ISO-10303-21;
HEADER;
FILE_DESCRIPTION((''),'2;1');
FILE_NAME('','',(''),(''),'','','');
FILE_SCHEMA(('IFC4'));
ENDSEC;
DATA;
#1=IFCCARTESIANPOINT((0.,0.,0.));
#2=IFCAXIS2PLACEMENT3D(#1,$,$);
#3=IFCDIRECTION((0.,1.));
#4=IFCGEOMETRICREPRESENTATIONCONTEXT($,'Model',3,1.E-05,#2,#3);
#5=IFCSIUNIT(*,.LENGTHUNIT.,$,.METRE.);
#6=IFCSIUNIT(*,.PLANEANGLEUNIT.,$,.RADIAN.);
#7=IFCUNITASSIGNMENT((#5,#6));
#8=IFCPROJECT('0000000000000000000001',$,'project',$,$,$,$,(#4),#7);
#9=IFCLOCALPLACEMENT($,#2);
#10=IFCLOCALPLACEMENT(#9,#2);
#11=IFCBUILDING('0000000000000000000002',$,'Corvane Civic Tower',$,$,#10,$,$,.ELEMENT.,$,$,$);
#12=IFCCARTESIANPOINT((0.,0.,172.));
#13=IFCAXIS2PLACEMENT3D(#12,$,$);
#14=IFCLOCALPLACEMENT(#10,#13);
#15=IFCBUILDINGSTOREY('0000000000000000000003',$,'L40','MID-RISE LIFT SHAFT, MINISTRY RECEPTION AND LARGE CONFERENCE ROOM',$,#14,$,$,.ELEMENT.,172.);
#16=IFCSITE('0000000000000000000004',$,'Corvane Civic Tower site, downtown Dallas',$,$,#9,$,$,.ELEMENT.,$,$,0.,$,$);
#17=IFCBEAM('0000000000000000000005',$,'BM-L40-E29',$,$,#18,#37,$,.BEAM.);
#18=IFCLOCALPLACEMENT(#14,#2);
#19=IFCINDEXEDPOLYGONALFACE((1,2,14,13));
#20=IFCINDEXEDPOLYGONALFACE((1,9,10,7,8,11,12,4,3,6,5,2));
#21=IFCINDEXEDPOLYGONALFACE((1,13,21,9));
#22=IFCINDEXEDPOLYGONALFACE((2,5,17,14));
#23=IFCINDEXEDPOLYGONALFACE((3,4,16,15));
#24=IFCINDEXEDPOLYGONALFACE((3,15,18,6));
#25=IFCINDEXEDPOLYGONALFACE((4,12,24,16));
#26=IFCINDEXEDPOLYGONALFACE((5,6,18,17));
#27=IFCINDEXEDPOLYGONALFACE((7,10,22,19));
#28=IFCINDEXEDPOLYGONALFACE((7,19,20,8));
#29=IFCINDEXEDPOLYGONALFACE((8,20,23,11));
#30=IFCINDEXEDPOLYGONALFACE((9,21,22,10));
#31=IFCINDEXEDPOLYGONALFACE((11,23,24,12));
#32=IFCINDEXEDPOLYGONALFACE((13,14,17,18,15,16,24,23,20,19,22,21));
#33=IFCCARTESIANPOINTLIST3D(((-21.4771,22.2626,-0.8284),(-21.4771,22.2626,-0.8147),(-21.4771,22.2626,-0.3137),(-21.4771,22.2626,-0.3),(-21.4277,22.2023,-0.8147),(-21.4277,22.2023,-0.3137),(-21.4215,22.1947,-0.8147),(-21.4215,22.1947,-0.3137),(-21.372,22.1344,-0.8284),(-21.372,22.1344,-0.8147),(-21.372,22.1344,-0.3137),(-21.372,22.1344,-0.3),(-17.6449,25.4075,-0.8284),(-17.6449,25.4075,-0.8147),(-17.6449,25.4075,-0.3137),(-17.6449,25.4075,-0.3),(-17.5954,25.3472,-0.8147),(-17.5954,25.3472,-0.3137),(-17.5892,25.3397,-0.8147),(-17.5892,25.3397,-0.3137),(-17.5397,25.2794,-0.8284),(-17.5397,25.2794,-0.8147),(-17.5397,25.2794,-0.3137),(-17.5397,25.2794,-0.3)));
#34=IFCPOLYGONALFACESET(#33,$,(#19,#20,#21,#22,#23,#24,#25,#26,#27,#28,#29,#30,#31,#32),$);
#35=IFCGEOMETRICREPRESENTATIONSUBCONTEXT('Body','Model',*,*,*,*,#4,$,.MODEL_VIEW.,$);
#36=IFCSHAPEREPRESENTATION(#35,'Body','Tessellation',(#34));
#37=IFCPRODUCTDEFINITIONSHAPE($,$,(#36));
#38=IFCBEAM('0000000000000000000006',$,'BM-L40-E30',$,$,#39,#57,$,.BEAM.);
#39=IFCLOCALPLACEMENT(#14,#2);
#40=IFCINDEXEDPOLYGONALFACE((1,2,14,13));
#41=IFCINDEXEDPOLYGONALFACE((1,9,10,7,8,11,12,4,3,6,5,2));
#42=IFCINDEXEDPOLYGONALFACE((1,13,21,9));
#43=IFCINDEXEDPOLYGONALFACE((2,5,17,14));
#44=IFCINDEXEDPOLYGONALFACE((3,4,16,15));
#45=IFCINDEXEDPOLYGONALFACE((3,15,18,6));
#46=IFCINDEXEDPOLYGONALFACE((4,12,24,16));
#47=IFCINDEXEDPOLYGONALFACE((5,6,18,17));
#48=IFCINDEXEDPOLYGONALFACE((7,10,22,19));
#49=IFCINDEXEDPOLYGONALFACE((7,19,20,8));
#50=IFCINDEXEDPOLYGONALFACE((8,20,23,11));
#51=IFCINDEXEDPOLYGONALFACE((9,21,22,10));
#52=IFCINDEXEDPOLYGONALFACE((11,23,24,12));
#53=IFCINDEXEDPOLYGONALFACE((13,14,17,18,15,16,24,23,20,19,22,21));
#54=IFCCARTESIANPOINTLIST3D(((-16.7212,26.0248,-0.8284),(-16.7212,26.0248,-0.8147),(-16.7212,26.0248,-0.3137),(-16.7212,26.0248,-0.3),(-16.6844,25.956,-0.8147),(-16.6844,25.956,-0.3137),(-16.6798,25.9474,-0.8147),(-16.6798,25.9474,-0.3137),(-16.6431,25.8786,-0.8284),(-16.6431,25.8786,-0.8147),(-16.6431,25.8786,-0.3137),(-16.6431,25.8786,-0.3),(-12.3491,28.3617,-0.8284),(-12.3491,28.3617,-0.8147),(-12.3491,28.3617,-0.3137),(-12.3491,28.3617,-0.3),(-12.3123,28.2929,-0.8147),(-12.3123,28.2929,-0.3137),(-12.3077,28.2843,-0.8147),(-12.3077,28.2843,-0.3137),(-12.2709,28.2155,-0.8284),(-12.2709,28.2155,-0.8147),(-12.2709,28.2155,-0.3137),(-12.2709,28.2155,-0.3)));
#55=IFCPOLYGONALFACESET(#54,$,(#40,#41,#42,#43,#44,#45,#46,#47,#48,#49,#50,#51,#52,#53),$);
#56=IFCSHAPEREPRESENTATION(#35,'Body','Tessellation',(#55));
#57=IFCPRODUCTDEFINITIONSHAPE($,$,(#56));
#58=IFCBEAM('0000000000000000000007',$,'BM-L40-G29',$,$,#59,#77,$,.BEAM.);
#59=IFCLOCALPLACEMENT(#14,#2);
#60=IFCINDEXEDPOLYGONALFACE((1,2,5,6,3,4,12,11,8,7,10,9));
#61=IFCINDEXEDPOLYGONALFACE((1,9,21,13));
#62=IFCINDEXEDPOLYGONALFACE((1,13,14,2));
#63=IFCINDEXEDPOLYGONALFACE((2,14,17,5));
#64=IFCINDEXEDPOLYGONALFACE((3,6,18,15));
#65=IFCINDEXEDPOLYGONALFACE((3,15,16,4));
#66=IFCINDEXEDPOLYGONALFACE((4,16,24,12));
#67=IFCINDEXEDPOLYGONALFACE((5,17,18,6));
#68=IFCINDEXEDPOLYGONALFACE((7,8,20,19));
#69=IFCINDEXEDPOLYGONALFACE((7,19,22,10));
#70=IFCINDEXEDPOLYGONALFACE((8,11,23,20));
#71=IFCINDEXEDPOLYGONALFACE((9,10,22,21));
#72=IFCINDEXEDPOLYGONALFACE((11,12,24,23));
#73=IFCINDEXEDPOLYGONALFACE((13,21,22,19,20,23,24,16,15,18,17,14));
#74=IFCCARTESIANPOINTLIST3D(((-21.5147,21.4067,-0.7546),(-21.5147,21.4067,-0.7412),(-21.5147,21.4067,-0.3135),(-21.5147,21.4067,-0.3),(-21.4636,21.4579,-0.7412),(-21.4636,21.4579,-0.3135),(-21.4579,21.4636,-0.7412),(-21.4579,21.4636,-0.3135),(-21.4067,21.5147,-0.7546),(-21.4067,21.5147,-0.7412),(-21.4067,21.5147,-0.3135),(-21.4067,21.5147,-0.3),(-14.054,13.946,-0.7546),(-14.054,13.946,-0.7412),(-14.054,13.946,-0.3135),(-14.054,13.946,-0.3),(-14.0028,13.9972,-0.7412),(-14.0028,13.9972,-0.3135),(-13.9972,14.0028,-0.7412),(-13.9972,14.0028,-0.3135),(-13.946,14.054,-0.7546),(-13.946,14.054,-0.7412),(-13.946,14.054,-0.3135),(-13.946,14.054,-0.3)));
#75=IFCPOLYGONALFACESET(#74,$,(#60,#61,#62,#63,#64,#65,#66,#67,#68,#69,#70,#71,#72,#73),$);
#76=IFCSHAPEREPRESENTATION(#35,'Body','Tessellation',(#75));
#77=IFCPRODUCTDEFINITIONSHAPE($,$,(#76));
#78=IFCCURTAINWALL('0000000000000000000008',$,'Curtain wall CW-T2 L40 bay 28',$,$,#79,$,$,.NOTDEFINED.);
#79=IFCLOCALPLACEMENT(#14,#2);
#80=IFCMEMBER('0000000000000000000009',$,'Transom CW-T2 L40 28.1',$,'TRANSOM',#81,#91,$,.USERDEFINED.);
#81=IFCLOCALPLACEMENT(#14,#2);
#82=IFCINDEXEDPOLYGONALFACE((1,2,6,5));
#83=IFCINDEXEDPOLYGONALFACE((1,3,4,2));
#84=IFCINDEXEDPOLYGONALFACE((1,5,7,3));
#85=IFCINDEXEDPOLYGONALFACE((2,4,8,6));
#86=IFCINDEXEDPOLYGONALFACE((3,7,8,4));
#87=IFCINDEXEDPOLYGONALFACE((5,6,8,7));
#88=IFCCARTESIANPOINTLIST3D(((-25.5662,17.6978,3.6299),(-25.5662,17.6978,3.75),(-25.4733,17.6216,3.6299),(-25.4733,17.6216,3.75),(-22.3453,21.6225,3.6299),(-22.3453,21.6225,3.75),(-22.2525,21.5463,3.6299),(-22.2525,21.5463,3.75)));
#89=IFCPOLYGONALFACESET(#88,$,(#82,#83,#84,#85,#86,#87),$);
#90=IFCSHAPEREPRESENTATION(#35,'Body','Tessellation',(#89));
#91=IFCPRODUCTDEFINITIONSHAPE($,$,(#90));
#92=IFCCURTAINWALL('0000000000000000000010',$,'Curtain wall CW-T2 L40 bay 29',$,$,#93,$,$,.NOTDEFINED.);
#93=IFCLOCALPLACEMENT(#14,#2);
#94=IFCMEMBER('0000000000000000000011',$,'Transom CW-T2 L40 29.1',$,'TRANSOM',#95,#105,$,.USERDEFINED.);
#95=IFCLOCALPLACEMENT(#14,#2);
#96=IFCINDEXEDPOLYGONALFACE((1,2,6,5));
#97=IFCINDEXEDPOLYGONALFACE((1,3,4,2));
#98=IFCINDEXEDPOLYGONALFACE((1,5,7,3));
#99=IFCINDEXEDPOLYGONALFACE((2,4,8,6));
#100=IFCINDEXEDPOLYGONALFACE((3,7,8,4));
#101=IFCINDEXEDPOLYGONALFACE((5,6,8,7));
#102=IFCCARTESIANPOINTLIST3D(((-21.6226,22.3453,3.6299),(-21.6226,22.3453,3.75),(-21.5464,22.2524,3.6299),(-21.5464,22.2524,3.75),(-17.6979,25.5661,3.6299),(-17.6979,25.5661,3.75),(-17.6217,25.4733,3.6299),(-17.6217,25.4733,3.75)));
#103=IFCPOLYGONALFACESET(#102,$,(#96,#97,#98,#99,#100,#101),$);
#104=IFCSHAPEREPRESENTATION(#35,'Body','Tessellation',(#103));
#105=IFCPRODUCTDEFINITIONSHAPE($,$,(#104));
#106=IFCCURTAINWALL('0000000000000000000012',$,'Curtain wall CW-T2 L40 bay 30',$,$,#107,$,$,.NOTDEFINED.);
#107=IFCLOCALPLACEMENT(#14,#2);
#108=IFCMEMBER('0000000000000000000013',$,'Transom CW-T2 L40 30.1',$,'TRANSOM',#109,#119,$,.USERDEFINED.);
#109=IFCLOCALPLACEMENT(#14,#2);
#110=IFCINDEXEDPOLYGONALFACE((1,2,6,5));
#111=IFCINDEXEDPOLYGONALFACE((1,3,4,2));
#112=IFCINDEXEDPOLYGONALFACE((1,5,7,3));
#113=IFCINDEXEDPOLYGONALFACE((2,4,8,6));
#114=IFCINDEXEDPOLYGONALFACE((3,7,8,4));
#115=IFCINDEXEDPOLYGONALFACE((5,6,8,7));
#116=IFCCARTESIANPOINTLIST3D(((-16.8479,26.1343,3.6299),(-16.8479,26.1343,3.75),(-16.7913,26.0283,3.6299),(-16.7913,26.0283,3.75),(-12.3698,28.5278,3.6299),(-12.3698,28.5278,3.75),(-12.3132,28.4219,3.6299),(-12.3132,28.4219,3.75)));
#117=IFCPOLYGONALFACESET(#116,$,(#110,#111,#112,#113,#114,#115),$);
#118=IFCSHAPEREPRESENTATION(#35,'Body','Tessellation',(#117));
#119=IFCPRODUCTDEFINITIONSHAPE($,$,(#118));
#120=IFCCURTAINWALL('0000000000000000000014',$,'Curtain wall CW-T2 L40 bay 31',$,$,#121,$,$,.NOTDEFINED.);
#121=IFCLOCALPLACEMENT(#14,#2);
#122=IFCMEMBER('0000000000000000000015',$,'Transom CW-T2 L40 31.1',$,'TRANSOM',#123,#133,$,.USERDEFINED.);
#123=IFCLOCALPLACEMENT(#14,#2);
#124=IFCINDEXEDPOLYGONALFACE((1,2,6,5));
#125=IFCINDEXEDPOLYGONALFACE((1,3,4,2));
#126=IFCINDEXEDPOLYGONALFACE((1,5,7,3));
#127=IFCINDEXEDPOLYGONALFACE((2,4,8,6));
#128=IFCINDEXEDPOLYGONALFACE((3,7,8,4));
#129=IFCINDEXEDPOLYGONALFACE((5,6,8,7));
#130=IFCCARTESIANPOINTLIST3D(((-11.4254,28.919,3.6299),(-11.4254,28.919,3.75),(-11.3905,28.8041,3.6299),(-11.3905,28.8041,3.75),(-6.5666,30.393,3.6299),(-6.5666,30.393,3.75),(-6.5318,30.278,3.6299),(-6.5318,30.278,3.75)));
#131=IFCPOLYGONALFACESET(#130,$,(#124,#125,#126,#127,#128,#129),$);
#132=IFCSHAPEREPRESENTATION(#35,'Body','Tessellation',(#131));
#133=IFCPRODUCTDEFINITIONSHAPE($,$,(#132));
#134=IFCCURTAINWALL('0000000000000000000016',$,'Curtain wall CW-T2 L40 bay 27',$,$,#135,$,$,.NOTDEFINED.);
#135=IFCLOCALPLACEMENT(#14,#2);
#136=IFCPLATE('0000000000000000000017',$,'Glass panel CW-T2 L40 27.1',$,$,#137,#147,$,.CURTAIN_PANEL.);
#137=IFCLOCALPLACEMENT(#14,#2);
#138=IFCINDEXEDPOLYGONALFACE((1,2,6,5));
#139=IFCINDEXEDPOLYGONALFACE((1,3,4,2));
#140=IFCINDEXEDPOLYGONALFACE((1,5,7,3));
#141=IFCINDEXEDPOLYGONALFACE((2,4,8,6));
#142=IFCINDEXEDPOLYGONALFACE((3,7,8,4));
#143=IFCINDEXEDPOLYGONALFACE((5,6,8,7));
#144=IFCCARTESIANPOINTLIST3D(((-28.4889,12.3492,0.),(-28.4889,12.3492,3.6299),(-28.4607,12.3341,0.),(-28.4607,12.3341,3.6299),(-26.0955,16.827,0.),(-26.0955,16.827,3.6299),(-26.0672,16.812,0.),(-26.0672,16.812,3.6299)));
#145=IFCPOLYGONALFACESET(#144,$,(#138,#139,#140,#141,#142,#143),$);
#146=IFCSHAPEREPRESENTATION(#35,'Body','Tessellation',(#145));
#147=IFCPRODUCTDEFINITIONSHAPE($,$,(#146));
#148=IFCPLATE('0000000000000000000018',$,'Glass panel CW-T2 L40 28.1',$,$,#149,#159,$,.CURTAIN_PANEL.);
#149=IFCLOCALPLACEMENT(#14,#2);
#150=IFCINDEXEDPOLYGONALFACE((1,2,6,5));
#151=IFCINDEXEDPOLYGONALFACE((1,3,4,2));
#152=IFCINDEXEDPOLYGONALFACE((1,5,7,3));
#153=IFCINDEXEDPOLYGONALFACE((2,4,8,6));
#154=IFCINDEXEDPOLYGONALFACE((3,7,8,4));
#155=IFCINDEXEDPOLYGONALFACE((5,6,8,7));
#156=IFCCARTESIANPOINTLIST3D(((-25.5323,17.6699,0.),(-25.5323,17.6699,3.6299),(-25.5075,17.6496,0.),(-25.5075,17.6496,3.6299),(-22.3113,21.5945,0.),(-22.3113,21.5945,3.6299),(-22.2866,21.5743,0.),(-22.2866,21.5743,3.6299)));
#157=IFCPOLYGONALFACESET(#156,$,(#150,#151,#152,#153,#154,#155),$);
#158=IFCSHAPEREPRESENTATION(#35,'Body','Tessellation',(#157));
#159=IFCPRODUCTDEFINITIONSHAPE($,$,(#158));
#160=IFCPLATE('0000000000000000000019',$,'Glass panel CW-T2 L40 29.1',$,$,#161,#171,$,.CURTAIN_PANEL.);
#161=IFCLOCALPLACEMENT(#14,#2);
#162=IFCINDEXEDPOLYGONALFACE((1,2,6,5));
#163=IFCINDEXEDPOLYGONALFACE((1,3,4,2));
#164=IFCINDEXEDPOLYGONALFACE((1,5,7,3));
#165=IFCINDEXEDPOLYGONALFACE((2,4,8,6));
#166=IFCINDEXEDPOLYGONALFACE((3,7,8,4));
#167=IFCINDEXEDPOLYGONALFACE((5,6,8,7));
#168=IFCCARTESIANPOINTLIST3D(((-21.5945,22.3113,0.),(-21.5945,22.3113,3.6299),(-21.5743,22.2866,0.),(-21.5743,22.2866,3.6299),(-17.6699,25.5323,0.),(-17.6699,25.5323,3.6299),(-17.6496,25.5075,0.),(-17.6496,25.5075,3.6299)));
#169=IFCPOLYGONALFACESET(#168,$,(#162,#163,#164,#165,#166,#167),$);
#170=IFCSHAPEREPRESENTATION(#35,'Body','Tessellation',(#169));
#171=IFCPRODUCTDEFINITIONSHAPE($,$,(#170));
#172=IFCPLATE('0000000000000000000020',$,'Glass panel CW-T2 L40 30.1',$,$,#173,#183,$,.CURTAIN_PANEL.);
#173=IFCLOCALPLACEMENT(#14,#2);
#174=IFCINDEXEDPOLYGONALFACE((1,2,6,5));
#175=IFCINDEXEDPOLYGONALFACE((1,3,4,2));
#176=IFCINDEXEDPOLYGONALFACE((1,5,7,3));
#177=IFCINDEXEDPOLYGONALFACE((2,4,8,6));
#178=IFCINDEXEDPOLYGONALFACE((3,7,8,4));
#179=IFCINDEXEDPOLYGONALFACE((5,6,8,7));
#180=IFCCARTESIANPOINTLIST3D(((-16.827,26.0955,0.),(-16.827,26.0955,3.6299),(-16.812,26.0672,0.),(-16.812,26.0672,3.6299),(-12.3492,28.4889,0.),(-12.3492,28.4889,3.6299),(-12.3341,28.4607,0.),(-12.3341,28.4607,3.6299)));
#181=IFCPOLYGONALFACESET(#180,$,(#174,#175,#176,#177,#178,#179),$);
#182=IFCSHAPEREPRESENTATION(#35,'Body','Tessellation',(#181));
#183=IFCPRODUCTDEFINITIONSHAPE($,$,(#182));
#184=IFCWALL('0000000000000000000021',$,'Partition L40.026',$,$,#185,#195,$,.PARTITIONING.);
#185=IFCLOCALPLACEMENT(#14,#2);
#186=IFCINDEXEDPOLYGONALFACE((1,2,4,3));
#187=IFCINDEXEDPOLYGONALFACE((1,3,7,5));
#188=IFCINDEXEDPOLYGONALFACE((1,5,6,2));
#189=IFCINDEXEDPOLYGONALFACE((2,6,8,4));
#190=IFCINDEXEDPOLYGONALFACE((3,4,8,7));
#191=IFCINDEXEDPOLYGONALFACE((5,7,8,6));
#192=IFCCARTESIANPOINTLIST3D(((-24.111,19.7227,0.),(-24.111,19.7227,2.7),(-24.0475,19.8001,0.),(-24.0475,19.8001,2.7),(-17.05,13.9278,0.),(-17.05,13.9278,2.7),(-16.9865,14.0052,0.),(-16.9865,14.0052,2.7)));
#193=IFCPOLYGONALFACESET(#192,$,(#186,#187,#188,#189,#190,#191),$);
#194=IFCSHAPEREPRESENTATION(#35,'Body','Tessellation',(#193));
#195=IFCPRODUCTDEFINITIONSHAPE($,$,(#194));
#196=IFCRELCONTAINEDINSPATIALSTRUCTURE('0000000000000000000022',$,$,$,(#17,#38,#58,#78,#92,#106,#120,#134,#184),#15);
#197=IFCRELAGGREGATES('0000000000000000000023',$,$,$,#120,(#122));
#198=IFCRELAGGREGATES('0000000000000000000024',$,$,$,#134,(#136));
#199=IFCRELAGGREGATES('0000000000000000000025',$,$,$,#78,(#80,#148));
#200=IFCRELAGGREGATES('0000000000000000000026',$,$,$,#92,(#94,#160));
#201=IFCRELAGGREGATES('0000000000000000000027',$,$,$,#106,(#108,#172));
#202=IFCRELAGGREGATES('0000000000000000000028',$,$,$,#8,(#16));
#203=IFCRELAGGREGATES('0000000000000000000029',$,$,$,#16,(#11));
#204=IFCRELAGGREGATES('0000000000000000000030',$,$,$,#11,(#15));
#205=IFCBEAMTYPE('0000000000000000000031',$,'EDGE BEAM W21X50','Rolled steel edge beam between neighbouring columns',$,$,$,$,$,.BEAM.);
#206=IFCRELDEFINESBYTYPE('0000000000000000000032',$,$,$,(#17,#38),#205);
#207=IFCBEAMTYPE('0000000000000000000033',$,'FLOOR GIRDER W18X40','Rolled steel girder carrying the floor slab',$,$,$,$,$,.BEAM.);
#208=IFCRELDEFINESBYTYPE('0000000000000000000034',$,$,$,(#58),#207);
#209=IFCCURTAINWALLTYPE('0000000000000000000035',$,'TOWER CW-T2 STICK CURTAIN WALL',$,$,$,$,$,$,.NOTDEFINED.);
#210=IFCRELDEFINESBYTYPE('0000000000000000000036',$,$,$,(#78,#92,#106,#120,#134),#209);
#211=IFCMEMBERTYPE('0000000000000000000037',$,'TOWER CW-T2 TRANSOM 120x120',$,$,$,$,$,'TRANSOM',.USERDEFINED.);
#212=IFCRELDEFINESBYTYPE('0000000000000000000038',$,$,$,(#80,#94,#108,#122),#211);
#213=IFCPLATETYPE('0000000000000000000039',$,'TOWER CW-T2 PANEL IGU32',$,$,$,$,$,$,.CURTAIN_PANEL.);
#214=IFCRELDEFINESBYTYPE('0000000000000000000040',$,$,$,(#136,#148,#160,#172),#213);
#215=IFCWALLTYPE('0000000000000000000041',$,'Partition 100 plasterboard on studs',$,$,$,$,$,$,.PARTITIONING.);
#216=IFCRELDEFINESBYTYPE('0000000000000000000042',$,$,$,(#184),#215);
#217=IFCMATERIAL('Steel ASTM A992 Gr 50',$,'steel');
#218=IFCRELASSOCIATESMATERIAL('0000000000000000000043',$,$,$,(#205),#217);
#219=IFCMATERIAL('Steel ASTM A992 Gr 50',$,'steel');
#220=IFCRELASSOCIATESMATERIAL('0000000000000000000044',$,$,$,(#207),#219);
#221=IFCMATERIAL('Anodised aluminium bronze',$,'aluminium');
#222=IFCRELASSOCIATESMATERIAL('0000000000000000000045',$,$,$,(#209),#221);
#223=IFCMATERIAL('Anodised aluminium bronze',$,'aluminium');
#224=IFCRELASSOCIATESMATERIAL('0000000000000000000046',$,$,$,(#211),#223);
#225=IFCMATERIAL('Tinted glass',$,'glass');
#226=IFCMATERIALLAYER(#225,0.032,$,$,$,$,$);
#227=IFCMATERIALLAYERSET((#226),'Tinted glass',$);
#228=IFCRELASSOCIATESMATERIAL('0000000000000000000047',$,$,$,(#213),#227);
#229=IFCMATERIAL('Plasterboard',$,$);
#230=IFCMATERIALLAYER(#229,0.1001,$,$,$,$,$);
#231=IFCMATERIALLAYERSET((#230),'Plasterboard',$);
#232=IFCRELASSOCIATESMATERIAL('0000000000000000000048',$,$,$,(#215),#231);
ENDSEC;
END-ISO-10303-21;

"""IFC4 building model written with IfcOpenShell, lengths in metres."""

from ifc_helpers import new_model, si_unit, direction, frame, frame_2d, origin, origin_2d, place, context, subcontext, project, spatial, rectangle, i_section, extrude, material, layer, layer_set, material_profile, profile_set, type_object, element, aggregate, save


model = new_model("IFC4")

# Units and contexts
model_context = context("Model", 3, precision=1e-05, world=origin(), true_north=direction((0.0, 1.0)))
body_context = subcontext(model_context, "Body", "Model", "MODEL_VIEW")
ifc_project = project(units=[si_unit("LENGTHUNIT", "METRE"), si_unit("PLANEANGLEUNIT", "RADIAN")], contexts=[model_context])

# Site, building, storey
site_placement = place(None, origin())
site = spatial("IfcSite", under=ifc_project, at=site_placement, Name="Corvane Civic Tower site, downtown Dallas", CompositionType="ELEMENT", RefElevation=0.0)
building_placement = place(site_placement, origin())
building = spatial("IfcBuilding", under=site, at=building_placement, Name="Corvane Civic Tower", CompositionType="ELEMENT")
storey_placement = place(building_placement, frame((0.0, 0.0, 172.0)))
storey = spatial("IfcBuildingStorey", under=building, at=storey_placement, Name="L40", Description="MID-RISE LIFT SHAFT, MINISTRY RECEPTION AND LARGE CONFERENCE ROOM", CompositionType="ELEMENT", Elevation=172.0)

# Beams
ifc_material_1 = material(Name="Steel ASTM A992 Gr 50", Category="steel")
ifc_material_profile_1 = material_profile(ifc_material_1, i_section(OverallWidth=0.1658, OverallDepth=0.5283, WebThickness=0.0098, FlangeThickness=0.0137, at=origin_2d()), Name="W21X50")
ifc_profile_set_1 = profile_set([ifc_material_profile_1], Name="Steel ASTM A992 Gr 50")
beam_type_1 = type_object("IfcBeamType", Name="EDGE BEAM W21X50", Description="Rolled steel edge beam between neighbouring columns", PredefinedType="BEAM", material=ifc_profile_set_1)
for number, where, z_axis, x_axis, name in (
    (1, (-21.4246, 22.1985, -0.5642), (0.773015, 0.634388, 0.0), (-0.634388, 0.773015, 0.0), "BM-L40-E29"),
    (2, (-16.6821, 25.9517, -0.5642), (0.881922, 0.471396, 0.0), (-0.471396, 0.881922, 0.0), "BM-L40-E30"),
):
    element("IfcBeam", number, at=place(storey_placement, frame(where, z_axis=z_axis, x_axis=x_axis)), inside=storey, type_object=beam_type_1, Name=name, PredefinedType="BEAM", context=body_context, shape_type="SweptSolid", body=[
        extrude(i_section(OverallWidth=0.1658, OverallDepth=0.5283, WebThickness=0.0098, FlangeThickness=0.0137, at=origin_2d()), origin(), (0.0, 0.0, 1.0), 4.9575),
    ])
ifc_material_2 = material(Name="Steel ASTM A992 Gr 50", Category="steel")
ifc_material_profile_2 = material_profile(ifc_material_2, i_section(OverallWidth=0.1528, OverallDepth=0.4546, WebThickness=0.0081, FlangeThickness=0.0134, at=origin_2d()), Name="W18X40")
ifc_profile_set_2 = profile_set([ifc_material_profile_2], Name="Steel ASTM A992 Gr 50")
beam_type_2 = type_object("IfcBeamType", Name="FLOOR GIRDER W18X40", Description="Rolled steel girder carrying the floor slab", PredefinedType="BEAM", material=ifc_profile_set_2)
beam_placement = place(storey_placement, frame((-14.0, 14.0, -0.5273), z_axis=(-0.707107, 0.707107, 0.0), x_axis=(-0.707107, -0.707107, 0.0)))
element("IfcBeam", 3, at=beam_placement, inside=storey, type_object=beam_type_2, Name="BM-L40-G29", PredefinedType="BEAM", context=body_context, shape_type="SweptSolid", body=[
    extrude(i_section(OverallWidth=0.1528, OverallDepth=0.4546, WebThickness=0.0081, FlangeThickness=0.0134, at=origin_2d()), origin(), (0.0, 0.0, 1.0), 10.551),
])

# Curtain walls, members
ifc_material_3 = material(Name="Anodised aluminium bronze", Category="aluminium")
curtain_wall_type = type_object("IfcCurtainWallType", Name="TOWER CW-T2 STICK CURTAIN WALL", PredefinedType="NOTDEFINED", material=ifc_material_3)
curtain_wall_1_placement = place(storey_placement, origin())
curtain_wall_1 = element("IfcCurtainWall", 4, at=curtain_wall_1_placement, inside=storey, type_object=curtain_wall_type, Name="Curtain wall CW-T2 L40 bay 28", PredefinedType="NOTDEFINED")
ifc_material_4 = material(Name="Anodised aluminium bronze", Category="aluminium")
ifc_material_profile_3 = material_profile(ifc_material_4, rectangle(XDim=0.1201, YDim=0.1201, at=origin_2d()), Name="TOWER CW-T2 TRANSOM 120x120")
ifc_profile_set_3 = profile_set([ifc_material_profile_3], Name="Anodised aluminium bronze")
member_type = type_object("IfcMemberType", Name="TOWER CW-T2 TRANSOM 120x120", ElementType="TRANSOM", PredefinedType="USERDEFINED", material=ifc_profile_set_3)
member_1_placement = place(storey_placement, frame((-25.5198, 17.6597, 3.6899), z_axis=(0.634387, 0.773016, 0.0), x_axis=(-0.773016, 0.634387, 0.0)))
member_1 = element("IfcMember", 5, at=member_1_placement, type_object=member_type, Name="Transom CW-T2 L40 28.1", ObjectType="TRANSOM", PredefinedType="USERDEFINED", context=body_context, shape_type="SweptSolid", body=[
    extrude(rectangle(XDim=0.1201, YDim=0.1201, at=origin_2d()), origin(), (0.0, 0.0, 1.0), 5.0771),
])
curtain_wall_2_placement = place(storey_placement, origin())
curtain_wall_2 = element("IfcCurtainWall", 6, at=curtain_wall_2_placement, inside=storey, type_object=curtain_wall_type, Name="Curtain wall CW-T2 L40 bay 29", PredefinedType="NOTDEFINED")
member_2_placement = place(storey_placement, frame((-21.5845, 22.2988, 3.6899), z_axis=(0.773016, 0.634387, 0.0), x_axis=(-0.634387, 0.773016, 0.0)))
member_2 = element("IfcMember", 7, at=member_2_placement, type_object=member_type, Name="Transom CW-T2 L40 29.1", ObjectType="TRANSOM", PredefinedType="USERDEFINED", context=body_context, shape_type="SweptSolid", body=[
    extrude(rectangle(XDim=0.1201, YDim=0.1201, at=origin_2d()), origin(), (0.0, 0.0, 1.0), 5.0771),
])
curtain_wall_3_placement = place(storey_placement, origin())
curtain_wall_3 = element("IfcCurtainWall", 8, at=curtain_wall_3_placement, inside=storey, type_object=curtain_wall_type, Name="Curtain wall CW-T2 L40 bay 30", PredefinedType="NOTDEFINED")
member_3_placement = place(storey_placement, frame((-16.8196, 26.0813, 3.6899), z_axis=(0.881921, 0.471397, 0.0), x_axis=(-0.471397, 0.881921, 0.0)))
member_3 = element("IfcMember", 9, at=member_3_placement, type_object=member_type, Name="Transom CW-T2 L40 30.1", ObjectType="TRANSOM", PredefinedType="USERDEFINED", context=body_context, shape_type="SweptSolid", body=[
    extrude(rectangle(XDim=0.1201, YDim=0.1201, at=origin_2d()), origin(), (0.0, 0.0, 1.0), 5.0776),
])
curtain_wall_4_placement = place(storey_placement, origin())
curtain_wall_4 = element("IfcCurtainWall", 10, at=curtain_wall_4_placement, inside=storey, type_object=curtain_wall_type, Name="Curtain wall CW-T2 L40 bay 31", PredefinedType="NOTDEFINED")
member_4_placement = place(storey_placement, frame((-11.408, 28.8616, 3.6899), z_axis=(0.956939, 0.290289, 0.0), x_axis=(-0.290289, 0.956939, 0.0)))
member_4 = element("IfcMember", 11, at=member_4_placement, type_object=member_type, Name="Transom CW-T2 L40 31.1", ObjectType="TRANSOM", PredefinedType="USERDEFINED", context=body_context, shape_type="SweptSolid", body=[
    extrude(rectangle(XDim=0.1201, YDim=0.1201, at=origin_2d()), origin(), (0.0, 0.0, 1.0), 5.0774),
])
aggregate(curtain_wall_4, [member_4])

# Curtain wall, plate
curtain_wall_5_placement = place(storey_placement, origin())
curtain_wall_5 = element("IfcCurtainWall", 12, at=curtain_wall_5_placement, inside=storey, type_object=curtain_wall_type, Name="Curtain wall CW-T2 L40 bay 27", PredefinedType="NOTDEFINED")
ifc_material_5 = material(Name="Tinted glass", Category="glass")
ifc_layer_1 = layer(ifc_material_5, 0.032)
ifc_layer_set_1 = layer_set([ifc_layer_1], Name="Tinted glass")
plate_type = type_object("IfcPlateType", Name="TOWER CW-T2 PANEL IGU32", PredefinedType="CURTAIN_PANEL", material=ifc_layer_set_1)
plate_1_placement = place(storey_placement, frame((-27.2781, 14.5806, 0.0), z_axis=(0.0, 0.0, 1.0), x_axis=(0.471395, 0.881922, 0.0)))
plate_1 = element("IfcPlate", 13, at=plate_1_placement, type_object=plate_type, Name="Glass panel CW-T2 L40 27.1", PredefinedType="CURTAIN_PANEL", context=body_context, shape_type="SweptSolid", body=[
    extrude(rectangle(XDim=5.0774, YDim=0.032, at=origin_2d()), origin(), (0.0, 0.0, 1.0), 3.6299),
])
aggregate(curtain_wall_5, [plate_1])

# Plates
plate_2_placement = place(storey_placement, frame((-23.9094, 19.6221, 0.0), z_axis=(0.0, 0.0, 1.0), x_axis=(0.6344, 0.773005, 0.0)))
plate_2 = element("IfcPlate", 14, at=plate_2_placement, type_object=plate_type, Name="Glass panel CW-T2 L40 28.1", PredefinedType="CURTAIN_PANEL", context=body_context, shape_type="SweptSolid", body=[
    extrude(rectangle(XDim=5.0771, YDim=0.032, at=origin_2d()), origin(), (0.0, 0.0, 1.0), 3.6299),
])
aggregate(curtain_wall_1, [member_1, plate_2])
plate_3_placement = place(storey_placement, frame((-19.6221, 23.9094, 0.0), z_axis=(0.0, 0.0, 1.0), x_axis=(0.773005, 0.6344, 0.0)))
plate_3 = element("IfcPlate", 15, at=plate_3_placement, type_object=plate_type, Name="Glass panel CW-T2 L40 29.1", PredefinedType="CURTAIN_PANEL", context=body_context, shape_type="SweptSolid", body=[
    extrude(rectangle(XDim=5.0771, YDim=0.032, at=origin_2d()), origin(), (0.0, 0.0, 1.0), 3.6299),
])
aggregate(curtain_wall_2, [member_2, plate_3])
plate_4_placement = place(storey_placement, frame((-14.5806, 27.2781, 0.0), z_axis=(0.0, 0.0, 1.0), x_axis=(0.881922, 0.471395, 0.0)))
plate_4 = element("IfcPlate", 16, at=plate_4_placement, type_object=plate_type, Name="Glass panel CW-T2 L40 30.1", PredefinedType="CURTAIN_PANEL", context=body_context, shape_type="SweptSolid", body=[
    extrude(rectangle(XDim=5.0774, YDim=0.032, at=origin_2d()), origin(), (0.0, 0.0, 1.0), 3.6299),
])
aggregate(curtain_wall_3, [member_3, plate_4])

# Wall
ifc_material_6 = material(Name="Plasterboard")
ifc_layer_2 = layer(ifc_material_6, 0.1001)
ifc_layer_set_2 = layer_set([ifc_layer_2], Name="Plasterboard")
wall_type_1 = type_object("IfcWallType", Name="Partition 100 plasterboard on studs", PredefinedType="PARTITIONING", material=ifc_layer_set_2)
wall_1_placement = place(storey_placement, frame((-24.0793, 19.7615, 0.0), z_axis=(0.0, 0.0, 1.0), x_axis=(0.773006, -0.634399, 0.0)))
element("IfcWall", 17, at=wall_1_placement, inside=storey, type_object=wall_type_1, Name="Partition L40.026", PredefinedType="PARTITIONING", context=body_context, shape_type="SweptSolid", body=[
    extrude(rectangle(XDim=9.1345, YDim=0.1001, at=frame_2d((4.5674, 0.0))), origin(), (0.0, 0.0, 1.0), 2.7),
])

save(model, "model.ifc")
